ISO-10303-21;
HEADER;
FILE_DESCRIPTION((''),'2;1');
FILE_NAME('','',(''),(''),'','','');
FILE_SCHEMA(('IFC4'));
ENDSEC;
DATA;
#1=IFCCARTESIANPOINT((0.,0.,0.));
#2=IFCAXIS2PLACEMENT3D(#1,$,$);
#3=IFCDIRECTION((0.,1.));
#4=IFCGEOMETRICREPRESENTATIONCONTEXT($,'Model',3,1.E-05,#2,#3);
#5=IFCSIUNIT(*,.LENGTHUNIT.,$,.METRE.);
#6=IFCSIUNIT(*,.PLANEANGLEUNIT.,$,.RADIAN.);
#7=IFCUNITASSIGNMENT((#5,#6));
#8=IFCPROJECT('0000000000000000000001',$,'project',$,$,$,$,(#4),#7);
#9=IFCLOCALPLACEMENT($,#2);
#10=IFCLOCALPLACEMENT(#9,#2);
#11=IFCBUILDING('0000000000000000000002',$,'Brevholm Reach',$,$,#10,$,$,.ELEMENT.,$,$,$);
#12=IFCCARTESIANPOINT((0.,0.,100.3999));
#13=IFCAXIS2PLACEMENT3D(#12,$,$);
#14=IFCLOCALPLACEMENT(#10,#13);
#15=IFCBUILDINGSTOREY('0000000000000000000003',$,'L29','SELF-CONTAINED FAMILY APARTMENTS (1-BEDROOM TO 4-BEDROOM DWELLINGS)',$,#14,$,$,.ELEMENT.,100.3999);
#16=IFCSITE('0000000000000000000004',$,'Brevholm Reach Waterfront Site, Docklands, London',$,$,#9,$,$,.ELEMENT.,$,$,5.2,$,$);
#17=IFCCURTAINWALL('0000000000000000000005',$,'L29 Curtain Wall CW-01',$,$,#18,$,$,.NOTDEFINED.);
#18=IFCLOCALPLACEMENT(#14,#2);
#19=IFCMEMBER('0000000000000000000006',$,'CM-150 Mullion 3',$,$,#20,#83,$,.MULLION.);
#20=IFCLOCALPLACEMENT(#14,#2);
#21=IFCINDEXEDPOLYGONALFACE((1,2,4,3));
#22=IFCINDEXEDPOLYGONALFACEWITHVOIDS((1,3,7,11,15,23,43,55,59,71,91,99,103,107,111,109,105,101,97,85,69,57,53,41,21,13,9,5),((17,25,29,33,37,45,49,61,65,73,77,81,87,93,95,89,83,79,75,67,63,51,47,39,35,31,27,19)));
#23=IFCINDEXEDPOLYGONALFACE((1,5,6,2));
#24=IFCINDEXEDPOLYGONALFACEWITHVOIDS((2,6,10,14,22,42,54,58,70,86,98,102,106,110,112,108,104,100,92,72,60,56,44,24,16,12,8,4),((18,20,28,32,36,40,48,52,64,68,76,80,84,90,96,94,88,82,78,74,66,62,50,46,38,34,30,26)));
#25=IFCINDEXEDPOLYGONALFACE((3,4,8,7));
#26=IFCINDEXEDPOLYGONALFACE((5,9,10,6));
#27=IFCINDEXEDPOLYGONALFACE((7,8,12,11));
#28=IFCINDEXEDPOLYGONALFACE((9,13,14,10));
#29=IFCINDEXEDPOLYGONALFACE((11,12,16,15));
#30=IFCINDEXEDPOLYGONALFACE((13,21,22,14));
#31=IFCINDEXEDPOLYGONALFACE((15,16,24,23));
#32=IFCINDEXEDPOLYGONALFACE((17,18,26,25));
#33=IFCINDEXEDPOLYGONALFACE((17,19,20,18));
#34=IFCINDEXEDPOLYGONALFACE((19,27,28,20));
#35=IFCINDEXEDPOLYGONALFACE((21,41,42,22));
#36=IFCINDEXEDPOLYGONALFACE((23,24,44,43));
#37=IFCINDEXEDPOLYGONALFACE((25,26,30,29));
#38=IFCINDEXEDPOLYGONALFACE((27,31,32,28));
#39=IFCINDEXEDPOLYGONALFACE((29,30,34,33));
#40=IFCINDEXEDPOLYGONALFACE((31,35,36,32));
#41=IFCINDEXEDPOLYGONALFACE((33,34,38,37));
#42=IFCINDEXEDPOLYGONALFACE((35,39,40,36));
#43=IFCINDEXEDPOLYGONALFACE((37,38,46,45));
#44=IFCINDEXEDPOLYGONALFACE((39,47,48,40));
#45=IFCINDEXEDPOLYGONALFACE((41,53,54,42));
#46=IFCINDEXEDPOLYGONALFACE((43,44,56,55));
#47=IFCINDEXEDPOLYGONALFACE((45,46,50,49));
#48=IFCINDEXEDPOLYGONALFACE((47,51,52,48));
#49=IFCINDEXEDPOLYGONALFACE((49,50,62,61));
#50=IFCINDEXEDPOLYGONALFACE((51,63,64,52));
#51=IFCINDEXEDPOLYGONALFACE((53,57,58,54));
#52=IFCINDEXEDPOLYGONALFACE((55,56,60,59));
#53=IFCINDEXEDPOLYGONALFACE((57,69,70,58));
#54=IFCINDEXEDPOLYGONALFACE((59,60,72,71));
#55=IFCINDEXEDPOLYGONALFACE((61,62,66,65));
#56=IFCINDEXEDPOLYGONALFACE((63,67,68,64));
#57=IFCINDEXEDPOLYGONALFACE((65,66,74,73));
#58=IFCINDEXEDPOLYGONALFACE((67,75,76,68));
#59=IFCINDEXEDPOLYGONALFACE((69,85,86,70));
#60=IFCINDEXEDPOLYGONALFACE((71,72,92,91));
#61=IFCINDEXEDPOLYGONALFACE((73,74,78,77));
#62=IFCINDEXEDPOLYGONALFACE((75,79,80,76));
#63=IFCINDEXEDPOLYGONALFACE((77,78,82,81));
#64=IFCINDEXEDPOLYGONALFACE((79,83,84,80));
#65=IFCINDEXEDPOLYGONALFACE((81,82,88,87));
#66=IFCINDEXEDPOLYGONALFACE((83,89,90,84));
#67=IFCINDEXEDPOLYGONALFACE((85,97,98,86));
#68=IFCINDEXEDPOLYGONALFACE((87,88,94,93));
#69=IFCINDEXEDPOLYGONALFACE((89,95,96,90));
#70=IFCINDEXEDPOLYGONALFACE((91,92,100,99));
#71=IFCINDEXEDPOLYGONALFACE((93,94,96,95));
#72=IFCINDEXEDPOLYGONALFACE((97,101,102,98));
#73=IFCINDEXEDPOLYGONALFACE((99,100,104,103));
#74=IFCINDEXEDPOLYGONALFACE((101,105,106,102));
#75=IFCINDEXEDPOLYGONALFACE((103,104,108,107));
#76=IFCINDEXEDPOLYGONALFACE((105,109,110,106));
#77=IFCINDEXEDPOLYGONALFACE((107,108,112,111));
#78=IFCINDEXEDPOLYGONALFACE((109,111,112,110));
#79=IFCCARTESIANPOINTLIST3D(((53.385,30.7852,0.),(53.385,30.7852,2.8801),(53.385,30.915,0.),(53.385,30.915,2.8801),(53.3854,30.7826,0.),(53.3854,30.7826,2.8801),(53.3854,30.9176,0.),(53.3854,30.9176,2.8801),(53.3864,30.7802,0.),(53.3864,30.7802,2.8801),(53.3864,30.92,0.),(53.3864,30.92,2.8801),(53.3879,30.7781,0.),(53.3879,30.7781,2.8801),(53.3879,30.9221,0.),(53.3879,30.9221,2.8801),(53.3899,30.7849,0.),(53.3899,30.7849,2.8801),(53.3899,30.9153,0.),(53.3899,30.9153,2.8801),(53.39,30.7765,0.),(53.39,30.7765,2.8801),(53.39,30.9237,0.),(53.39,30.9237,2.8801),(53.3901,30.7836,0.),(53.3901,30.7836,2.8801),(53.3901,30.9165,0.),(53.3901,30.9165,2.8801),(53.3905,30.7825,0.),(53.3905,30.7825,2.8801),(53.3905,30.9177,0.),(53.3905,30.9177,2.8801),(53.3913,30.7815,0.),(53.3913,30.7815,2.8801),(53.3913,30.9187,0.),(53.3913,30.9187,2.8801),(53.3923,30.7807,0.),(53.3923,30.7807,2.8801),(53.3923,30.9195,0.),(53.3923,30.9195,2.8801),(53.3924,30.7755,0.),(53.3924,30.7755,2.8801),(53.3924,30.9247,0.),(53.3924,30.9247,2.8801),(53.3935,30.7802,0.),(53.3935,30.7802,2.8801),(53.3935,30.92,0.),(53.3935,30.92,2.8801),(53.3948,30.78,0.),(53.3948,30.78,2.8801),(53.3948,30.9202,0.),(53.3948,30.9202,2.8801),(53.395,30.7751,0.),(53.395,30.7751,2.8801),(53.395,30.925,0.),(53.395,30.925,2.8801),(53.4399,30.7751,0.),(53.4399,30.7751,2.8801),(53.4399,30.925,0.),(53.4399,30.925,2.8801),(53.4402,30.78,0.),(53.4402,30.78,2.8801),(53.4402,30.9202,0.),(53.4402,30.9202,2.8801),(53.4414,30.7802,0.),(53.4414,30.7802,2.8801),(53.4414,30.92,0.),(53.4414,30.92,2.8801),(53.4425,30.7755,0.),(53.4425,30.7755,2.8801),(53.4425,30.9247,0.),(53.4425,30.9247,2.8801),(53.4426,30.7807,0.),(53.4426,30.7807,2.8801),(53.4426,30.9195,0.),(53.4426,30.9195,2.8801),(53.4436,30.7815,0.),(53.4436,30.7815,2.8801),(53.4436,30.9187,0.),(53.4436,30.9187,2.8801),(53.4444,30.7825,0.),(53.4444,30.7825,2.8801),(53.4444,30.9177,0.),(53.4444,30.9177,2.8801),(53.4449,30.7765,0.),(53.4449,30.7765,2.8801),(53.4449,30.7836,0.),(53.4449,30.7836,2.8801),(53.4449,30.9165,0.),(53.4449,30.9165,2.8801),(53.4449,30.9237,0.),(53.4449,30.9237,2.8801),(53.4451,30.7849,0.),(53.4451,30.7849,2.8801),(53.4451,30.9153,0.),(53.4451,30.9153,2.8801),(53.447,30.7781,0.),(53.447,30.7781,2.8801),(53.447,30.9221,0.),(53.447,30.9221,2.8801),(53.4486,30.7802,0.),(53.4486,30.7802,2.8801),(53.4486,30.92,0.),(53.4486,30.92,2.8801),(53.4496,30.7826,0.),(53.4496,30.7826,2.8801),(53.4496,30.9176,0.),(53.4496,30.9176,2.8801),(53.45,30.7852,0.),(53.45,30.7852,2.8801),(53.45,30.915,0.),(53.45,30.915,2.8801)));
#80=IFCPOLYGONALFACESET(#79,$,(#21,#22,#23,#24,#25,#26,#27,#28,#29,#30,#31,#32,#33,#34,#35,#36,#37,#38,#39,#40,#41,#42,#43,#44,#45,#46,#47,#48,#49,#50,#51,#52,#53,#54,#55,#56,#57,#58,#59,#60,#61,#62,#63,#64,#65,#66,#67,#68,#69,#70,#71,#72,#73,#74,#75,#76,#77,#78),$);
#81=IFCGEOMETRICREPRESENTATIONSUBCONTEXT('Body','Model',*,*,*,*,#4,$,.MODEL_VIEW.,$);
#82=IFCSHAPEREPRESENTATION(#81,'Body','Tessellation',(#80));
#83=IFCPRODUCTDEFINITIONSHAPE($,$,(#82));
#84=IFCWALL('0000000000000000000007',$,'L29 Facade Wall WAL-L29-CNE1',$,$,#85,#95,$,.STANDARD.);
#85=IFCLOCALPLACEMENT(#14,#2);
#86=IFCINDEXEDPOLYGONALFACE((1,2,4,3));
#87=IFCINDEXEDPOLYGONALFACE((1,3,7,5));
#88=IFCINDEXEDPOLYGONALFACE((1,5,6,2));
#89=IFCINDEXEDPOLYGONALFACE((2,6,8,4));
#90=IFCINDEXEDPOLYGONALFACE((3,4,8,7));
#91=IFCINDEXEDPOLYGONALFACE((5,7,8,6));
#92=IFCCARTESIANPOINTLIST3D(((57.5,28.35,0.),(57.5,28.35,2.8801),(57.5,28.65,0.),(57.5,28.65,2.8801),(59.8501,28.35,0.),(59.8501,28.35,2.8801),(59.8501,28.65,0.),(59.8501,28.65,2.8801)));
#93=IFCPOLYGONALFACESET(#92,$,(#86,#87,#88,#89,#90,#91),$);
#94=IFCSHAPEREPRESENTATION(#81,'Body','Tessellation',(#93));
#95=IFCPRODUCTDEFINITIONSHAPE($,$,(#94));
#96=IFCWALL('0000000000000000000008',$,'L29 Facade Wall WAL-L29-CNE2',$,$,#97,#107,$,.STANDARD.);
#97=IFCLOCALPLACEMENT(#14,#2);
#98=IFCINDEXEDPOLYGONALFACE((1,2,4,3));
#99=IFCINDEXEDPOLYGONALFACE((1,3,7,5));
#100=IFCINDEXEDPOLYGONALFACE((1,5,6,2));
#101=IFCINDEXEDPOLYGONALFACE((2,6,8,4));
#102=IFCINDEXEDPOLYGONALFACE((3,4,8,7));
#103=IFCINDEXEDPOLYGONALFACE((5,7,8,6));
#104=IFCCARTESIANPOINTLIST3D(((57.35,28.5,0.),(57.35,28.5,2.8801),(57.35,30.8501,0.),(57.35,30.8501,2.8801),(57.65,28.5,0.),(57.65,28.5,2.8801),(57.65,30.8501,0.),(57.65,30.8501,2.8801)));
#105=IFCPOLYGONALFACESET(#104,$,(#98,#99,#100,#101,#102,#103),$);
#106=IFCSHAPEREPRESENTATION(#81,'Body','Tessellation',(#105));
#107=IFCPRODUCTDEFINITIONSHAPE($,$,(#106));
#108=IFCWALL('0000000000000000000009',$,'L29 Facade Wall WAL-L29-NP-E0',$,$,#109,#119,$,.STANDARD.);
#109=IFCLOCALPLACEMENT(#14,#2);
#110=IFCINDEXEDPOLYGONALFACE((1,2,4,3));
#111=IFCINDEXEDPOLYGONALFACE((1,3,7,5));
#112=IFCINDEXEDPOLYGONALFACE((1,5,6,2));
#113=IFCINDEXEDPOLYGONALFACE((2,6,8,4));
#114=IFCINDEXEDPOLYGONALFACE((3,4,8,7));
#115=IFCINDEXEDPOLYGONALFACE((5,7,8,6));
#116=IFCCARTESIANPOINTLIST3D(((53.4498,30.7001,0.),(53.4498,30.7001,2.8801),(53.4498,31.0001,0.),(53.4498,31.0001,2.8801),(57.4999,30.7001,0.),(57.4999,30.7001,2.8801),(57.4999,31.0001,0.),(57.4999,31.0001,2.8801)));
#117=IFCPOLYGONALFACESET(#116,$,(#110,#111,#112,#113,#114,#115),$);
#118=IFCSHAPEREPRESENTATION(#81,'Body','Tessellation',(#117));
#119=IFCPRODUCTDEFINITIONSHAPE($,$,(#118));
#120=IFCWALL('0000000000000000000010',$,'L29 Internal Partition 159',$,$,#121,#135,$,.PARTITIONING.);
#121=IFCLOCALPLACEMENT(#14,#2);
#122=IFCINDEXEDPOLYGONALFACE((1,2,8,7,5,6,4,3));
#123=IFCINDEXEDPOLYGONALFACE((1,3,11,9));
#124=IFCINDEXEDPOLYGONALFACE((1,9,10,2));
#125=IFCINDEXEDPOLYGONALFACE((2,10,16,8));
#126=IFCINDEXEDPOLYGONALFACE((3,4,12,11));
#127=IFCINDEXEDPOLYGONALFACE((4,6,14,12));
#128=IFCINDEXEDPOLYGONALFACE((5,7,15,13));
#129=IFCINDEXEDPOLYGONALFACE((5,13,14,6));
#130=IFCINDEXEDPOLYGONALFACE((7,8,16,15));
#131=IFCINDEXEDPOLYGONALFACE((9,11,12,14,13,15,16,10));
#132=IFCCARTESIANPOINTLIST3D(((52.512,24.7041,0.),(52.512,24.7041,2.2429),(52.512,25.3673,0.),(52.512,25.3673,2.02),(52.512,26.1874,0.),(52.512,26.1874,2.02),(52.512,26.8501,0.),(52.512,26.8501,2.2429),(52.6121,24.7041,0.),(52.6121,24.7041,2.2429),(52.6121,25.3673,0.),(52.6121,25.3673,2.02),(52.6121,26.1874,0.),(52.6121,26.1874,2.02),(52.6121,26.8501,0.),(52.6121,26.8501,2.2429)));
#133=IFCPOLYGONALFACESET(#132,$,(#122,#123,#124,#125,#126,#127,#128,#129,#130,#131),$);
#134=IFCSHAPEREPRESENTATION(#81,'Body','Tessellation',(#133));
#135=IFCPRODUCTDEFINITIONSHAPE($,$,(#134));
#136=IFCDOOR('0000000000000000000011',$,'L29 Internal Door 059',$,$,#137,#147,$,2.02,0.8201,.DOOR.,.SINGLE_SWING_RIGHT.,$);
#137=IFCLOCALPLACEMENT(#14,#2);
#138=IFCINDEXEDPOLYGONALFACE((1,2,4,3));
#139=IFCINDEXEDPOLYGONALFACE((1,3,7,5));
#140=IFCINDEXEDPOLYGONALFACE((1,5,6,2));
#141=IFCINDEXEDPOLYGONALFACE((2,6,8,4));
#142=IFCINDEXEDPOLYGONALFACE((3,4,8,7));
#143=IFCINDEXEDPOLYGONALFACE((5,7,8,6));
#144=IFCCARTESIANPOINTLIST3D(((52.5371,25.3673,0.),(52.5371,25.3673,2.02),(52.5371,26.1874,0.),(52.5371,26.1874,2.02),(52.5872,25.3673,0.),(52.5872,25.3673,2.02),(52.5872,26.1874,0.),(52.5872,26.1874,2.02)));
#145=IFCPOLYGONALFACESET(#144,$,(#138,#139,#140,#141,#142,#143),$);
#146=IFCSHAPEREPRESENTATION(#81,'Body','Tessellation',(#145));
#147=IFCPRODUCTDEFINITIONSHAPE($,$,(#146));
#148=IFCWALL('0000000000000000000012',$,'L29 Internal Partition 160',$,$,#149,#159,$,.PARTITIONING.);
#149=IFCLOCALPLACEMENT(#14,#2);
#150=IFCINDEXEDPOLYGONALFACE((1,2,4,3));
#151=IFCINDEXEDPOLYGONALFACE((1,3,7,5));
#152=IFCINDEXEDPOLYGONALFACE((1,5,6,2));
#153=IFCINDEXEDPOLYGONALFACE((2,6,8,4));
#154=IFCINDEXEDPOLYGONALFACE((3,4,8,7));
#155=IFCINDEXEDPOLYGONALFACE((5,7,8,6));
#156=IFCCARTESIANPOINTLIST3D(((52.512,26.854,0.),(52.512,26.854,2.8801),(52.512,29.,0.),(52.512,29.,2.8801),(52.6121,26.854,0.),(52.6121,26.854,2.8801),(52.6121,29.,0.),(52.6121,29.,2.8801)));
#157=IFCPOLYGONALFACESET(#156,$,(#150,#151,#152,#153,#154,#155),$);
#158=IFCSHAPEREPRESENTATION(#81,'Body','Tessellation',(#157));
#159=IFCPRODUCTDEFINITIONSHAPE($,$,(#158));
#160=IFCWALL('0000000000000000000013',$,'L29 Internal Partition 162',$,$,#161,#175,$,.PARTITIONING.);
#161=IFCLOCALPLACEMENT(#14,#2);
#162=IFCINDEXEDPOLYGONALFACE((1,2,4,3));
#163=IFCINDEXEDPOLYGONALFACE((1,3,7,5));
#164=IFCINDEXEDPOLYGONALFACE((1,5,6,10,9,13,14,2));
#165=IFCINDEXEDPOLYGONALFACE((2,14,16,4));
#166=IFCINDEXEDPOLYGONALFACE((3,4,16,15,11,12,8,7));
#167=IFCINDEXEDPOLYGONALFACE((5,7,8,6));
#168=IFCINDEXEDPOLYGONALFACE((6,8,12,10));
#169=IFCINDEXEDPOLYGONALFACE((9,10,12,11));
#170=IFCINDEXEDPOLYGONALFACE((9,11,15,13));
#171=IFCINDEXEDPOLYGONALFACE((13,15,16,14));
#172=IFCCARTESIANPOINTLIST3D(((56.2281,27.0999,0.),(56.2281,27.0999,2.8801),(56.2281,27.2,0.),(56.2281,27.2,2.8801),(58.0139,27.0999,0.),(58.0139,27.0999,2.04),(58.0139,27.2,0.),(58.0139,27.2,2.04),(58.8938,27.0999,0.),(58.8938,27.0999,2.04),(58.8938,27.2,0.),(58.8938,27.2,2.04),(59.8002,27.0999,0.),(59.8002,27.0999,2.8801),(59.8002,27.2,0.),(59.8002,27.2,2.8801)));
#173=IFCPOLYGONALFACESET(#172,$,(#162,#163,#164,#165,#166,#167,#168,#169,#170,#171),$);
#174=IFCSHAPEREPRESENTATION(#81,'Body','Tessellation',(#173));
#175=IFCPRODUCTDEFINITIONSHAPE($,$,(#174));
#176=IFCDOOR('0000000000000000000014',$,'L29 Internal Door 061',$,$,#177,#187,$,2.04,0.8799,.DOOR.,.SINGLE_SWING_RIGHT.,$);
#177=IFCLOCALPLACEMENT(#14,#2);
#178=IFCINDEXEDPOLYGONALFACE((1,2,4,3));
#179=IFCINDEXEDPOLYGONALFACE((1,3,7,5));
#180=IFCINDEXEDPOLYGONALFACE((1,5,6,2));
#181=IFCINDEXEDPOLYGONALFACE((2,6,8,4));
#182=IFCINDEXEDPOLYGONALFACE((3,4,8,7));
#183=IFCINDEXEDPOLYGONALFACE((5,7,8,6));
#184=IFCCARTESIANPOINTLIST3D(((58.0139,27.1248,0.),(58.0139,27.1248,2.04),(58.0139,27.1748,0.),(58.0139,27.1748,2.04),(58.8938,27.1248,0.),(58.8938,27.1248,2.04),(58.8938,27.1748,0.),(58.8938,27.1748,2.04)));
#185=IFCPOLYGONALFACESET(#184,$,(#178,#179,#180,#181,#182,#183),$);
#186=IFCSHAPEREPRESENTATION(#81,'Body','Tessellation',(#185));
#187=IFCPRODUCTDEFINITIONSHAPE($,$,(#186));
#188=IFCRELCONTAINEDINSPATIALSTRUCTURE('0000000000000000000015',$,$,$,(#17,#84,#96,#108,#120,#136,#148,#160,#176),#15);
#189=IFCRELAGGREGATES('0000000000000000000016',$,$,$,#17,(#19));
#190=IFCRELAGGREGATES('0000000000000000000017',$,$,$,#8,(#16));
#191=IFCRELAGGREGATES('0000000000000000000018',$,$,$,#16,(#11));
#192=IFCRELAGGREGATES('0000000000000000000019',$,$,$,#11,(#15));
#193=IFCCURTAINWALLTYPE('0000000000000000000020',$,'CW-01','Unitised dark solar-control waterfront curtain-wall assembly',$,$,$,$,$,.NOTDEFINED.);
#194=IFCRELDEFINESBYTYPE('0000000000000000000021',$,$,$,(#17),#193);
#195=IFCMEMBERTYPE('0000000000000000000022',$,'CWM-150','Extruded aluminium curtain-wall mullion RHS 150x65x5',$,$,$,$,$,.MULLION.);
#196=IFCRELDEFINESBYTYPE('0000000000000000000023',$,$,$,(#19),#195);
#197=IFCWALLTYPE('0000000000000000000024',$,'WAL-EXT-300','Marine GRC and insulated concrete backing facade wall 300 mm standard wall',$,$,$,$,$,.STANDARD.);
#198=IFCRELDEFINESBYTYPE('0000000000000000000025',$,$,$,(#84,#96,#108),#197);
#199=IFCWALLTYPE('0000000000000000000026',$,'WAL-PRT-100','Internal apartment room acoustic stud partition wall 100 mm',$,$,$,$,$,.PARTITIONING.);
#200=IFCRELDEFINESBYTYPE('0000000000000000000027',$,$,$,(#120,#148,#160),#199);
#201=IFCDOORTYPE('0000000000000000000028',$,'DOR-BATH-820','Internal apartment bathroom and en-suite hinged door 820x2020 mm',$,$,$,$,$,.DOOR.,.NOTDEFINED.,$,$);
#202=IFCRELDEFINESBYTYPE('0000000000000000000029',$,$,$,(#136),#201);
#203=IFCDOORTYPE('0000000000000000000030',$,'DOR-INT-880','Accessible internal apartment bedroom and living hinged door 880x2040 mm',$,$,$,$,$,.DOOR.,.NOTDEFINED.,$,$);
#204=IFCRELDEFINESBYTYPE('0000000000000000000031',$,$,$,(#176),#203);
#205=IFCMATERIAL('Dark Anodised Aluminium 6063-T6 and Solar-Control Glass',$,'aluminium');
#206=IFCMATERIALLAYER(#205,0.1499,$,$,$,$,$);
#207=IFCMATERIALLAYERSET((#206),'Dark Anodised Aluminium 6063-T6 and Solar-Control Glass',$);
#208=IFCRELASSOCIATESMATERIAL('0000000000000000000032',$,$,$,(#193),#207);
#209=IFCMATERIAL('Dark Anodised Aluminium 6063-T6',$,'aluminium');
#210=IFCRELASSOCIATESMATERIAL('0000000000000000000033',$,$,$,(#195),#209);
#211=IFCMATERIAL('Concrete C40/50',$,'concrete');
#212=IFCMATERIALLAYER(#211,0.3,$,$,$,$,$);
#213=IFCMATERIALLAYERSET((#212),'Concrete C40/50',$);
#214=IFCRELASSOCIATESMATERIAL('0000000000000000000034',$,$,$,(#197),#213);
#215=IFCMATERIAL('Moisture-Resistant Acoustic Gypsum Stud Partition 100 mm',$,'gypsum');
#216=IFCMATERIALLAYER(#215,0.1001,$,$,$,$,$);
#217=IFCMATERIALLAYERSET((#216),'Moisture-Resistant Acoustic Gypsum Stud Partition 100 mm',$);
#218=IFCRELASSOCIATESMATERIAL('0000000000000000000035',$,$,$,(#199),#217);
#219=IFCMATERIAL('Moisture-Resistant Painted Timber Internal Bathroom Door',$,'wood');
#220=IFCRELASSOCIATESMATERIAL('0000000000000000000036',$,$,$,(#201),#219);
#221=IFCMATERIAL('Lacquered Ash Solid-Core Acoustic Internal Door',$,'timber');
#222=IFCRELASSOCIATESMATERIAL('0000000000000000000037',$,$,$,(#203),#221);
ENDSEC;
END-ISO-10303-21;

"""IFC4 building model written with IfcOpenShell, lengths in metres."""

from ifc_helpers import new_model, si_unit, direction, frame, frame_2d, origin, origin_2d, place, context, subcontext, project, spatial, rectangle, hollow_rectangle, extrude, material, layer, layer_set, material_profile, profile_set, type_object, element, fill, aggregate, save


model = new_model("IFC4")

# Units and contexts
model_context = context("Model", 3, precision=1e-05, world=origin(), true_north=direction((0.0, 1.0)))
body_context = subcontext(model_context, "Body", "Model", "MODEL_VIEW")
ifc_project = project(units=[si_unit("LENGTHUNIT", "METRE"), si_unit("PLANEANGLEUNIT", "RADIAN")], contexts=[model_context])

# Site, building, storey
site_placement = place(None, origin())
site = spatial("IfcSite", under=ifc_project, at=site_placement, Name="Brevholm Reach Waterfront Site, Docklands, London", CompositionType="ELEMENT", RefElevation=5.2)
building_placement = place(site_placement, origin())
building = spatial("IfcBuilding", under=site, at=building_placement, Name="Brevholm Reach", CompositionType="ELEMENT")
storey_placement = place(building_placement, frame((0.0, 0.0, 100.3999)))
storey = spatial("IfcBuildingStorey", under=building, at=storey_placement, Name="L29", Description="SELF-CONTAINED FAMILY APARTMENTS (1-BEDROOM TO 4-BEDROOM DWELLINGS)", CompositionType="ELEMENT", Elevation=100.3999)

# Curtain wall, member
ifc_material_1 = material(Name="Dark Anodised Aluminium 6063-T6 and Solar-Control Glass", Category="aluminium")
ifc_layer_1 = layer(ifc_material_1, 0.1499)
ifc_layer_set_1 = layer_set([ifc_layer_1], Name="Dark Anodised Aluminium 6063-T6 and Solar-Control Glass")
curtain_wall_type = type_object("IfcCurtainWallType", Name="CW-01", Description="Unitised dark solar-control waterfront curtain-wall assembly", PredefinedType="NOTDEFINED", material=ifc_layer_set_1)
curtain_wall_placement = place(storey_placement, origin())
curtain_wall = element("IfcCurtainWall", 1, at=curtain_wall_placement, inside=storey, type_object=curtain_wall_type, Name="L29 Curtain Wall CW-01", PredefinedType="NOTDEFINED")
ifc_material_2 = material(Name="Dark Anodised Aluminium 6063-T6", Category="aluminium")
ifc_material_profile_1 = material_profile(ifc_material_2, hollow_rectangle(XDim=0.0649, YDim=0.1499, WallThickness=0.0049, InnerFilletRadius=0.0049, OuterFilletRadius=0.01, at=origin_2d()), Name="RHS 150x65x5")
ifc_profile_set_1 = profile_set([ifc_material_profile_1], Name="Dark Anodised Aluminium 6063-T6")
member_type = type_object("IfcMemberType", Name="CWM-150", Description="Extruded aluminium curtain-wall mullion RHS 150x65x5", PredefinedType="MULLION", material=ifc_profile_set_1)
member_placement = place(storey_placement, frame((53.4175, 30.8501, 0.0), z_axis=(0.0, 0.0, 1.0), x_axis=(1.0, 0.0, 0.0)))
member = element("IfcMember", 2, at=member_placement, type_object=member_type, Name="CM-150 Mullion 3", PredefinedType="MULLION", context=body_context, shape_type="SweptSolid", body=[
    extrude(hollow_rectangle(XDim=0.0649, YDim=0.1499, WallThickness=0.0049, InnerFilletRadius=0.0049, OuterFilletRadius=0.01, at=origin_2d()), origin(), (0.0, 0.0, 1.0), 2.8801),
])
aggregate(curtain_wall, [member])

# Walls
ifc_material_3 = material(Name="Concrete C40/50", Category="concrete")
ifc_layer_2 = layer(ifc_material_3, 0.3)
ifc_layer_set_2 = layer_set([ifc_layer_2], Name="Concrete C40/50")
wall_type_1 = type_object("IfcWallType", Name="WAL-EXT-300", Description="Marine GRC and insulated concrete backing facade wall 300 mm standard wall", PredefinedType="STANDARD", material=ifc_layer_set_2)
for number, where, z_axis, x_axis, name in (
    (3, (59.8501, 28.5, 0.0), (0.0, 0.0, 1.0), (-1.0, 0.0, 0.0), "L29 Facade Wall WAL-L29-CNE1"),
    (4, (57.5, 28.5, 0.0), (0.0, 0.0, 1.0), (0.0, 1.0, 0.0), "L29 Facade Wall WAL-L29-CNE2"),
):
    element("IfcWall", number, at=place(storey_placement, frame(where, z_axis=z_axis, x_axis=x_axis)), inside=storey, type_object=wall_type_1, Name=name, PredefinedType="STANDARD", context=body_context, shape_type="SweptSolid", body=[
        extrude(rectangle(XDim=2.3501, YDim=0.3, at=frame_2d((1.175, 0.0))), origin(), (0.0, 0.0, 1.0), 2.8801),
    ])
wall_1_placement = place(storey_placement, frame((53.45, 30.8501, 0.0), z_axis=(0.0, 0.0, 1.0), x_axis=(1.0, 0.0, 0.0)))
element("IfcWall", 5, at=wall_1_placement, inside=storey, type_object=wall_type_1, Name="L29 Facade Wall WAL-L29-NP-E0", PredefinedType="STANDARD", context=body_context, shape_type="SweptSolid", body=[
    extrude(rectangle(XDim=4.05, YDim=0.3, at=frame_2d((2.0249, 0.0))), origin(), (0.0, 0.0, 1.0), 2.8801),
])

# Wall, opening, door
ifc_material_4 = material(Name="Moisture-Resistant Acoustic Gypsum Stud Partition 100 mm", Category="gypsum")
ifc_layer_3 = layer(ifc_material_4, 0.1001)
ifc_layer_set_3 = layer_set([ifc_layer_3], Name="Moisture-Resistant Acoustic Gypsum Stud Partition 100 mm")
wall_type_2 = type_object("IfcWallType", Name="WAL-PRT-100", Description="Internal apartment room acoustic stud partition wall 100 mm", PredefinedType="PARTITIONING", material=ifc_layer_set_3)
wall_2_placement = place(storey_placement, frame((52.562, 24.7041, 0.0), z_axis=(0.0, 0.0, 1.0), x_axis=(0.0, 1.0, 0.0)))
wall_2 = element("IfcWall", 6, at=wall_2_placement, inside=storey, type_object=wall_type_2, Name="L29 Internal Partition 159", PredefinedType="PARTITIONING", context=body_context, shape_type="SweptSolid", body=[
    extrude(rectangle(XDim=2.146, YDim=0.1001, at=frame_2d((1.073, 0.0))), origin(), (0.0, 0.0, 1.0), 2.2429),
])
opening_1_placement = place(wall_2_placement, frame((0.6631, 0.0, 0.0)))
opening_1 = element("IfcOpeningElement", 7, at=opening_1_placement, cuts=wall_2, PredefinedType="OPENING", context=body_context, shape_type="SweptSolid", body=[
    extrude(rectangle(XDim=0.8201, YDim=2.02, at=frame_2d((0.4102, 1.01))), frame((0.0, 0.0601, 0.0), z_axis=(0.0, -1.0, 0.0), x_axis=(1.0, 0.0, 0.0)), (0.0, 0.0, 1.0), 0.1201),
])
ifc_material_5 = material(Name="Moisture-Resistant Painted Timber Internal Bathroom Door", Category="wood")
door_type_1 = type_object("IfcDoorType", Name="DOR-BATH-820", Description="Internal apartment bathroom and en-suite hinged door 820x2020 mm", OperationType="NOTDEFINED", PredefinedType="DOOR", material=ifc_material_5)
door_1_placement = place(opening_1_placement, origin())
door_1 = element("IfcDoor", 8, at=door_1_placement, inside=storey, type_object=door_type_1, Name="L29 Internal Door 059", OperationType="SINGLE_SWING_RIGHT", OverallHeight=2.02, OverallWidth=0.8201, PredefinedType="DOOR", context=body_context, shape_type="SweptSolid", body=[
    extrude(rectangle(XDim=0.8201, YDim=2.02, at=frame_2d((0.4102, 1.01))), frame((0.0, 0.0249, 0.0), z_axis=(0.0, -1.0, 0.0), x_axis=(1.0, 0.0, 0.0)), (0.0, 0.0, 1.0), 0.05),
])
fill(opening_1, door_1)

# Wall
wall_3_placement = place(storey_placement, frame((52.562, 26.854, 0.0), z_axis=(0.0, 0.0, 1.0), x_axis=(0.0, 1.0, 0.0)))
element("IfcWall", 9, at=wall_3_placement, inside=storey, type_object=wall_type_2, Name="L29 Internal Partition 160", PredefinedType="PARTITIONING", context=body_context, shape_type="SweptSolid", body=[
    extrude(rectangle(XDim=2.146, YDim=0.1001, at=frame_2d((1.073, 0.0))), origin(), (0.0, 0.0, 1.0), 2.8801),
])

# Wall, opening, door
wall_4_placement = place(storey_placement, frame((56.228, 27.1499, 0.0), z_axis=(0.0, 0.0, 1.0), x_axis=(1.0, 0.0, 0.0)))
wall_4 = element("IfcWall", 10, at=wall_4_placement, inside=storey, type_object=wall_type_2, Name="L29 Internal Partition 162", PredefinedType="PARTITIONING", context=body_context, shape_type="SweptSolid", body=[
    extrude(rectangle(XDim=3.572, YDim=0.1001, at=frame_2d((1.7861, 0.0))), origin(), (0.0, 0.0, 1.0), 2.8801),
])
opening_2_placement = place(wall_4_placement, frame((1.7859, 0.0, 0.0)))
opening_2 = element("IfcOpeningElement", 11, at=opening_2_placement, cuts=wall_4, PredefinedType="OPENING", context=body_context, shape_type="SweptSolid", body=[
    extrude(rectangle(XDim=0.8799, YDim=2.04, at=frame_2d((0.4399, 1.02))), frame((0.0, 0.0601, 0.0), z_axis=(0.0, -1.0, 0.0), x_axis=(1.0, 0.0, 0.0)), (0.0, 0.0, 1.0), 0.1201),
])
ifc_material_6 = material(Name="Lacquered Ash Solid-Core Acoustic Internal Door", Category="timber")
door_type_2 = type_object("IfcDoorType", Name="DOR-INT-880", Description="Accessible internal apartment bedroom and living hinged door 880x2040 mm", OperationType="NOTDEFINED", PredefinedType="DOOR", material=ifc_material_6)
door_2_placement = place(opening_2_placement, origin())
door_2 = element("IfcDoor", 12, at=door_2_placement, inside=storey, type_object=door_type_2, Name="L29 Internal Door 061", OperationType="SINGLE_SWING_RIGHT", OverallHeight=2.04, OverallWidth=0.8799, PredefinedType="DOOR", context=body_context, shape_type="SweptSolid", body=[
    extrude(rectangle(XDim=0.8799, YDim=2.04, at=frame_2d((0.4399, 1.02))), frame((0.0, 0.0249, 0.0), z_axis=(0.0, -1.0, 0.0), x_axis=(1.0, 0.0, 0.0)), (0.0, 0.0, 1.0), 0.05),
])
fill(opening_2, door_2)

save(model, "model.ifc")
